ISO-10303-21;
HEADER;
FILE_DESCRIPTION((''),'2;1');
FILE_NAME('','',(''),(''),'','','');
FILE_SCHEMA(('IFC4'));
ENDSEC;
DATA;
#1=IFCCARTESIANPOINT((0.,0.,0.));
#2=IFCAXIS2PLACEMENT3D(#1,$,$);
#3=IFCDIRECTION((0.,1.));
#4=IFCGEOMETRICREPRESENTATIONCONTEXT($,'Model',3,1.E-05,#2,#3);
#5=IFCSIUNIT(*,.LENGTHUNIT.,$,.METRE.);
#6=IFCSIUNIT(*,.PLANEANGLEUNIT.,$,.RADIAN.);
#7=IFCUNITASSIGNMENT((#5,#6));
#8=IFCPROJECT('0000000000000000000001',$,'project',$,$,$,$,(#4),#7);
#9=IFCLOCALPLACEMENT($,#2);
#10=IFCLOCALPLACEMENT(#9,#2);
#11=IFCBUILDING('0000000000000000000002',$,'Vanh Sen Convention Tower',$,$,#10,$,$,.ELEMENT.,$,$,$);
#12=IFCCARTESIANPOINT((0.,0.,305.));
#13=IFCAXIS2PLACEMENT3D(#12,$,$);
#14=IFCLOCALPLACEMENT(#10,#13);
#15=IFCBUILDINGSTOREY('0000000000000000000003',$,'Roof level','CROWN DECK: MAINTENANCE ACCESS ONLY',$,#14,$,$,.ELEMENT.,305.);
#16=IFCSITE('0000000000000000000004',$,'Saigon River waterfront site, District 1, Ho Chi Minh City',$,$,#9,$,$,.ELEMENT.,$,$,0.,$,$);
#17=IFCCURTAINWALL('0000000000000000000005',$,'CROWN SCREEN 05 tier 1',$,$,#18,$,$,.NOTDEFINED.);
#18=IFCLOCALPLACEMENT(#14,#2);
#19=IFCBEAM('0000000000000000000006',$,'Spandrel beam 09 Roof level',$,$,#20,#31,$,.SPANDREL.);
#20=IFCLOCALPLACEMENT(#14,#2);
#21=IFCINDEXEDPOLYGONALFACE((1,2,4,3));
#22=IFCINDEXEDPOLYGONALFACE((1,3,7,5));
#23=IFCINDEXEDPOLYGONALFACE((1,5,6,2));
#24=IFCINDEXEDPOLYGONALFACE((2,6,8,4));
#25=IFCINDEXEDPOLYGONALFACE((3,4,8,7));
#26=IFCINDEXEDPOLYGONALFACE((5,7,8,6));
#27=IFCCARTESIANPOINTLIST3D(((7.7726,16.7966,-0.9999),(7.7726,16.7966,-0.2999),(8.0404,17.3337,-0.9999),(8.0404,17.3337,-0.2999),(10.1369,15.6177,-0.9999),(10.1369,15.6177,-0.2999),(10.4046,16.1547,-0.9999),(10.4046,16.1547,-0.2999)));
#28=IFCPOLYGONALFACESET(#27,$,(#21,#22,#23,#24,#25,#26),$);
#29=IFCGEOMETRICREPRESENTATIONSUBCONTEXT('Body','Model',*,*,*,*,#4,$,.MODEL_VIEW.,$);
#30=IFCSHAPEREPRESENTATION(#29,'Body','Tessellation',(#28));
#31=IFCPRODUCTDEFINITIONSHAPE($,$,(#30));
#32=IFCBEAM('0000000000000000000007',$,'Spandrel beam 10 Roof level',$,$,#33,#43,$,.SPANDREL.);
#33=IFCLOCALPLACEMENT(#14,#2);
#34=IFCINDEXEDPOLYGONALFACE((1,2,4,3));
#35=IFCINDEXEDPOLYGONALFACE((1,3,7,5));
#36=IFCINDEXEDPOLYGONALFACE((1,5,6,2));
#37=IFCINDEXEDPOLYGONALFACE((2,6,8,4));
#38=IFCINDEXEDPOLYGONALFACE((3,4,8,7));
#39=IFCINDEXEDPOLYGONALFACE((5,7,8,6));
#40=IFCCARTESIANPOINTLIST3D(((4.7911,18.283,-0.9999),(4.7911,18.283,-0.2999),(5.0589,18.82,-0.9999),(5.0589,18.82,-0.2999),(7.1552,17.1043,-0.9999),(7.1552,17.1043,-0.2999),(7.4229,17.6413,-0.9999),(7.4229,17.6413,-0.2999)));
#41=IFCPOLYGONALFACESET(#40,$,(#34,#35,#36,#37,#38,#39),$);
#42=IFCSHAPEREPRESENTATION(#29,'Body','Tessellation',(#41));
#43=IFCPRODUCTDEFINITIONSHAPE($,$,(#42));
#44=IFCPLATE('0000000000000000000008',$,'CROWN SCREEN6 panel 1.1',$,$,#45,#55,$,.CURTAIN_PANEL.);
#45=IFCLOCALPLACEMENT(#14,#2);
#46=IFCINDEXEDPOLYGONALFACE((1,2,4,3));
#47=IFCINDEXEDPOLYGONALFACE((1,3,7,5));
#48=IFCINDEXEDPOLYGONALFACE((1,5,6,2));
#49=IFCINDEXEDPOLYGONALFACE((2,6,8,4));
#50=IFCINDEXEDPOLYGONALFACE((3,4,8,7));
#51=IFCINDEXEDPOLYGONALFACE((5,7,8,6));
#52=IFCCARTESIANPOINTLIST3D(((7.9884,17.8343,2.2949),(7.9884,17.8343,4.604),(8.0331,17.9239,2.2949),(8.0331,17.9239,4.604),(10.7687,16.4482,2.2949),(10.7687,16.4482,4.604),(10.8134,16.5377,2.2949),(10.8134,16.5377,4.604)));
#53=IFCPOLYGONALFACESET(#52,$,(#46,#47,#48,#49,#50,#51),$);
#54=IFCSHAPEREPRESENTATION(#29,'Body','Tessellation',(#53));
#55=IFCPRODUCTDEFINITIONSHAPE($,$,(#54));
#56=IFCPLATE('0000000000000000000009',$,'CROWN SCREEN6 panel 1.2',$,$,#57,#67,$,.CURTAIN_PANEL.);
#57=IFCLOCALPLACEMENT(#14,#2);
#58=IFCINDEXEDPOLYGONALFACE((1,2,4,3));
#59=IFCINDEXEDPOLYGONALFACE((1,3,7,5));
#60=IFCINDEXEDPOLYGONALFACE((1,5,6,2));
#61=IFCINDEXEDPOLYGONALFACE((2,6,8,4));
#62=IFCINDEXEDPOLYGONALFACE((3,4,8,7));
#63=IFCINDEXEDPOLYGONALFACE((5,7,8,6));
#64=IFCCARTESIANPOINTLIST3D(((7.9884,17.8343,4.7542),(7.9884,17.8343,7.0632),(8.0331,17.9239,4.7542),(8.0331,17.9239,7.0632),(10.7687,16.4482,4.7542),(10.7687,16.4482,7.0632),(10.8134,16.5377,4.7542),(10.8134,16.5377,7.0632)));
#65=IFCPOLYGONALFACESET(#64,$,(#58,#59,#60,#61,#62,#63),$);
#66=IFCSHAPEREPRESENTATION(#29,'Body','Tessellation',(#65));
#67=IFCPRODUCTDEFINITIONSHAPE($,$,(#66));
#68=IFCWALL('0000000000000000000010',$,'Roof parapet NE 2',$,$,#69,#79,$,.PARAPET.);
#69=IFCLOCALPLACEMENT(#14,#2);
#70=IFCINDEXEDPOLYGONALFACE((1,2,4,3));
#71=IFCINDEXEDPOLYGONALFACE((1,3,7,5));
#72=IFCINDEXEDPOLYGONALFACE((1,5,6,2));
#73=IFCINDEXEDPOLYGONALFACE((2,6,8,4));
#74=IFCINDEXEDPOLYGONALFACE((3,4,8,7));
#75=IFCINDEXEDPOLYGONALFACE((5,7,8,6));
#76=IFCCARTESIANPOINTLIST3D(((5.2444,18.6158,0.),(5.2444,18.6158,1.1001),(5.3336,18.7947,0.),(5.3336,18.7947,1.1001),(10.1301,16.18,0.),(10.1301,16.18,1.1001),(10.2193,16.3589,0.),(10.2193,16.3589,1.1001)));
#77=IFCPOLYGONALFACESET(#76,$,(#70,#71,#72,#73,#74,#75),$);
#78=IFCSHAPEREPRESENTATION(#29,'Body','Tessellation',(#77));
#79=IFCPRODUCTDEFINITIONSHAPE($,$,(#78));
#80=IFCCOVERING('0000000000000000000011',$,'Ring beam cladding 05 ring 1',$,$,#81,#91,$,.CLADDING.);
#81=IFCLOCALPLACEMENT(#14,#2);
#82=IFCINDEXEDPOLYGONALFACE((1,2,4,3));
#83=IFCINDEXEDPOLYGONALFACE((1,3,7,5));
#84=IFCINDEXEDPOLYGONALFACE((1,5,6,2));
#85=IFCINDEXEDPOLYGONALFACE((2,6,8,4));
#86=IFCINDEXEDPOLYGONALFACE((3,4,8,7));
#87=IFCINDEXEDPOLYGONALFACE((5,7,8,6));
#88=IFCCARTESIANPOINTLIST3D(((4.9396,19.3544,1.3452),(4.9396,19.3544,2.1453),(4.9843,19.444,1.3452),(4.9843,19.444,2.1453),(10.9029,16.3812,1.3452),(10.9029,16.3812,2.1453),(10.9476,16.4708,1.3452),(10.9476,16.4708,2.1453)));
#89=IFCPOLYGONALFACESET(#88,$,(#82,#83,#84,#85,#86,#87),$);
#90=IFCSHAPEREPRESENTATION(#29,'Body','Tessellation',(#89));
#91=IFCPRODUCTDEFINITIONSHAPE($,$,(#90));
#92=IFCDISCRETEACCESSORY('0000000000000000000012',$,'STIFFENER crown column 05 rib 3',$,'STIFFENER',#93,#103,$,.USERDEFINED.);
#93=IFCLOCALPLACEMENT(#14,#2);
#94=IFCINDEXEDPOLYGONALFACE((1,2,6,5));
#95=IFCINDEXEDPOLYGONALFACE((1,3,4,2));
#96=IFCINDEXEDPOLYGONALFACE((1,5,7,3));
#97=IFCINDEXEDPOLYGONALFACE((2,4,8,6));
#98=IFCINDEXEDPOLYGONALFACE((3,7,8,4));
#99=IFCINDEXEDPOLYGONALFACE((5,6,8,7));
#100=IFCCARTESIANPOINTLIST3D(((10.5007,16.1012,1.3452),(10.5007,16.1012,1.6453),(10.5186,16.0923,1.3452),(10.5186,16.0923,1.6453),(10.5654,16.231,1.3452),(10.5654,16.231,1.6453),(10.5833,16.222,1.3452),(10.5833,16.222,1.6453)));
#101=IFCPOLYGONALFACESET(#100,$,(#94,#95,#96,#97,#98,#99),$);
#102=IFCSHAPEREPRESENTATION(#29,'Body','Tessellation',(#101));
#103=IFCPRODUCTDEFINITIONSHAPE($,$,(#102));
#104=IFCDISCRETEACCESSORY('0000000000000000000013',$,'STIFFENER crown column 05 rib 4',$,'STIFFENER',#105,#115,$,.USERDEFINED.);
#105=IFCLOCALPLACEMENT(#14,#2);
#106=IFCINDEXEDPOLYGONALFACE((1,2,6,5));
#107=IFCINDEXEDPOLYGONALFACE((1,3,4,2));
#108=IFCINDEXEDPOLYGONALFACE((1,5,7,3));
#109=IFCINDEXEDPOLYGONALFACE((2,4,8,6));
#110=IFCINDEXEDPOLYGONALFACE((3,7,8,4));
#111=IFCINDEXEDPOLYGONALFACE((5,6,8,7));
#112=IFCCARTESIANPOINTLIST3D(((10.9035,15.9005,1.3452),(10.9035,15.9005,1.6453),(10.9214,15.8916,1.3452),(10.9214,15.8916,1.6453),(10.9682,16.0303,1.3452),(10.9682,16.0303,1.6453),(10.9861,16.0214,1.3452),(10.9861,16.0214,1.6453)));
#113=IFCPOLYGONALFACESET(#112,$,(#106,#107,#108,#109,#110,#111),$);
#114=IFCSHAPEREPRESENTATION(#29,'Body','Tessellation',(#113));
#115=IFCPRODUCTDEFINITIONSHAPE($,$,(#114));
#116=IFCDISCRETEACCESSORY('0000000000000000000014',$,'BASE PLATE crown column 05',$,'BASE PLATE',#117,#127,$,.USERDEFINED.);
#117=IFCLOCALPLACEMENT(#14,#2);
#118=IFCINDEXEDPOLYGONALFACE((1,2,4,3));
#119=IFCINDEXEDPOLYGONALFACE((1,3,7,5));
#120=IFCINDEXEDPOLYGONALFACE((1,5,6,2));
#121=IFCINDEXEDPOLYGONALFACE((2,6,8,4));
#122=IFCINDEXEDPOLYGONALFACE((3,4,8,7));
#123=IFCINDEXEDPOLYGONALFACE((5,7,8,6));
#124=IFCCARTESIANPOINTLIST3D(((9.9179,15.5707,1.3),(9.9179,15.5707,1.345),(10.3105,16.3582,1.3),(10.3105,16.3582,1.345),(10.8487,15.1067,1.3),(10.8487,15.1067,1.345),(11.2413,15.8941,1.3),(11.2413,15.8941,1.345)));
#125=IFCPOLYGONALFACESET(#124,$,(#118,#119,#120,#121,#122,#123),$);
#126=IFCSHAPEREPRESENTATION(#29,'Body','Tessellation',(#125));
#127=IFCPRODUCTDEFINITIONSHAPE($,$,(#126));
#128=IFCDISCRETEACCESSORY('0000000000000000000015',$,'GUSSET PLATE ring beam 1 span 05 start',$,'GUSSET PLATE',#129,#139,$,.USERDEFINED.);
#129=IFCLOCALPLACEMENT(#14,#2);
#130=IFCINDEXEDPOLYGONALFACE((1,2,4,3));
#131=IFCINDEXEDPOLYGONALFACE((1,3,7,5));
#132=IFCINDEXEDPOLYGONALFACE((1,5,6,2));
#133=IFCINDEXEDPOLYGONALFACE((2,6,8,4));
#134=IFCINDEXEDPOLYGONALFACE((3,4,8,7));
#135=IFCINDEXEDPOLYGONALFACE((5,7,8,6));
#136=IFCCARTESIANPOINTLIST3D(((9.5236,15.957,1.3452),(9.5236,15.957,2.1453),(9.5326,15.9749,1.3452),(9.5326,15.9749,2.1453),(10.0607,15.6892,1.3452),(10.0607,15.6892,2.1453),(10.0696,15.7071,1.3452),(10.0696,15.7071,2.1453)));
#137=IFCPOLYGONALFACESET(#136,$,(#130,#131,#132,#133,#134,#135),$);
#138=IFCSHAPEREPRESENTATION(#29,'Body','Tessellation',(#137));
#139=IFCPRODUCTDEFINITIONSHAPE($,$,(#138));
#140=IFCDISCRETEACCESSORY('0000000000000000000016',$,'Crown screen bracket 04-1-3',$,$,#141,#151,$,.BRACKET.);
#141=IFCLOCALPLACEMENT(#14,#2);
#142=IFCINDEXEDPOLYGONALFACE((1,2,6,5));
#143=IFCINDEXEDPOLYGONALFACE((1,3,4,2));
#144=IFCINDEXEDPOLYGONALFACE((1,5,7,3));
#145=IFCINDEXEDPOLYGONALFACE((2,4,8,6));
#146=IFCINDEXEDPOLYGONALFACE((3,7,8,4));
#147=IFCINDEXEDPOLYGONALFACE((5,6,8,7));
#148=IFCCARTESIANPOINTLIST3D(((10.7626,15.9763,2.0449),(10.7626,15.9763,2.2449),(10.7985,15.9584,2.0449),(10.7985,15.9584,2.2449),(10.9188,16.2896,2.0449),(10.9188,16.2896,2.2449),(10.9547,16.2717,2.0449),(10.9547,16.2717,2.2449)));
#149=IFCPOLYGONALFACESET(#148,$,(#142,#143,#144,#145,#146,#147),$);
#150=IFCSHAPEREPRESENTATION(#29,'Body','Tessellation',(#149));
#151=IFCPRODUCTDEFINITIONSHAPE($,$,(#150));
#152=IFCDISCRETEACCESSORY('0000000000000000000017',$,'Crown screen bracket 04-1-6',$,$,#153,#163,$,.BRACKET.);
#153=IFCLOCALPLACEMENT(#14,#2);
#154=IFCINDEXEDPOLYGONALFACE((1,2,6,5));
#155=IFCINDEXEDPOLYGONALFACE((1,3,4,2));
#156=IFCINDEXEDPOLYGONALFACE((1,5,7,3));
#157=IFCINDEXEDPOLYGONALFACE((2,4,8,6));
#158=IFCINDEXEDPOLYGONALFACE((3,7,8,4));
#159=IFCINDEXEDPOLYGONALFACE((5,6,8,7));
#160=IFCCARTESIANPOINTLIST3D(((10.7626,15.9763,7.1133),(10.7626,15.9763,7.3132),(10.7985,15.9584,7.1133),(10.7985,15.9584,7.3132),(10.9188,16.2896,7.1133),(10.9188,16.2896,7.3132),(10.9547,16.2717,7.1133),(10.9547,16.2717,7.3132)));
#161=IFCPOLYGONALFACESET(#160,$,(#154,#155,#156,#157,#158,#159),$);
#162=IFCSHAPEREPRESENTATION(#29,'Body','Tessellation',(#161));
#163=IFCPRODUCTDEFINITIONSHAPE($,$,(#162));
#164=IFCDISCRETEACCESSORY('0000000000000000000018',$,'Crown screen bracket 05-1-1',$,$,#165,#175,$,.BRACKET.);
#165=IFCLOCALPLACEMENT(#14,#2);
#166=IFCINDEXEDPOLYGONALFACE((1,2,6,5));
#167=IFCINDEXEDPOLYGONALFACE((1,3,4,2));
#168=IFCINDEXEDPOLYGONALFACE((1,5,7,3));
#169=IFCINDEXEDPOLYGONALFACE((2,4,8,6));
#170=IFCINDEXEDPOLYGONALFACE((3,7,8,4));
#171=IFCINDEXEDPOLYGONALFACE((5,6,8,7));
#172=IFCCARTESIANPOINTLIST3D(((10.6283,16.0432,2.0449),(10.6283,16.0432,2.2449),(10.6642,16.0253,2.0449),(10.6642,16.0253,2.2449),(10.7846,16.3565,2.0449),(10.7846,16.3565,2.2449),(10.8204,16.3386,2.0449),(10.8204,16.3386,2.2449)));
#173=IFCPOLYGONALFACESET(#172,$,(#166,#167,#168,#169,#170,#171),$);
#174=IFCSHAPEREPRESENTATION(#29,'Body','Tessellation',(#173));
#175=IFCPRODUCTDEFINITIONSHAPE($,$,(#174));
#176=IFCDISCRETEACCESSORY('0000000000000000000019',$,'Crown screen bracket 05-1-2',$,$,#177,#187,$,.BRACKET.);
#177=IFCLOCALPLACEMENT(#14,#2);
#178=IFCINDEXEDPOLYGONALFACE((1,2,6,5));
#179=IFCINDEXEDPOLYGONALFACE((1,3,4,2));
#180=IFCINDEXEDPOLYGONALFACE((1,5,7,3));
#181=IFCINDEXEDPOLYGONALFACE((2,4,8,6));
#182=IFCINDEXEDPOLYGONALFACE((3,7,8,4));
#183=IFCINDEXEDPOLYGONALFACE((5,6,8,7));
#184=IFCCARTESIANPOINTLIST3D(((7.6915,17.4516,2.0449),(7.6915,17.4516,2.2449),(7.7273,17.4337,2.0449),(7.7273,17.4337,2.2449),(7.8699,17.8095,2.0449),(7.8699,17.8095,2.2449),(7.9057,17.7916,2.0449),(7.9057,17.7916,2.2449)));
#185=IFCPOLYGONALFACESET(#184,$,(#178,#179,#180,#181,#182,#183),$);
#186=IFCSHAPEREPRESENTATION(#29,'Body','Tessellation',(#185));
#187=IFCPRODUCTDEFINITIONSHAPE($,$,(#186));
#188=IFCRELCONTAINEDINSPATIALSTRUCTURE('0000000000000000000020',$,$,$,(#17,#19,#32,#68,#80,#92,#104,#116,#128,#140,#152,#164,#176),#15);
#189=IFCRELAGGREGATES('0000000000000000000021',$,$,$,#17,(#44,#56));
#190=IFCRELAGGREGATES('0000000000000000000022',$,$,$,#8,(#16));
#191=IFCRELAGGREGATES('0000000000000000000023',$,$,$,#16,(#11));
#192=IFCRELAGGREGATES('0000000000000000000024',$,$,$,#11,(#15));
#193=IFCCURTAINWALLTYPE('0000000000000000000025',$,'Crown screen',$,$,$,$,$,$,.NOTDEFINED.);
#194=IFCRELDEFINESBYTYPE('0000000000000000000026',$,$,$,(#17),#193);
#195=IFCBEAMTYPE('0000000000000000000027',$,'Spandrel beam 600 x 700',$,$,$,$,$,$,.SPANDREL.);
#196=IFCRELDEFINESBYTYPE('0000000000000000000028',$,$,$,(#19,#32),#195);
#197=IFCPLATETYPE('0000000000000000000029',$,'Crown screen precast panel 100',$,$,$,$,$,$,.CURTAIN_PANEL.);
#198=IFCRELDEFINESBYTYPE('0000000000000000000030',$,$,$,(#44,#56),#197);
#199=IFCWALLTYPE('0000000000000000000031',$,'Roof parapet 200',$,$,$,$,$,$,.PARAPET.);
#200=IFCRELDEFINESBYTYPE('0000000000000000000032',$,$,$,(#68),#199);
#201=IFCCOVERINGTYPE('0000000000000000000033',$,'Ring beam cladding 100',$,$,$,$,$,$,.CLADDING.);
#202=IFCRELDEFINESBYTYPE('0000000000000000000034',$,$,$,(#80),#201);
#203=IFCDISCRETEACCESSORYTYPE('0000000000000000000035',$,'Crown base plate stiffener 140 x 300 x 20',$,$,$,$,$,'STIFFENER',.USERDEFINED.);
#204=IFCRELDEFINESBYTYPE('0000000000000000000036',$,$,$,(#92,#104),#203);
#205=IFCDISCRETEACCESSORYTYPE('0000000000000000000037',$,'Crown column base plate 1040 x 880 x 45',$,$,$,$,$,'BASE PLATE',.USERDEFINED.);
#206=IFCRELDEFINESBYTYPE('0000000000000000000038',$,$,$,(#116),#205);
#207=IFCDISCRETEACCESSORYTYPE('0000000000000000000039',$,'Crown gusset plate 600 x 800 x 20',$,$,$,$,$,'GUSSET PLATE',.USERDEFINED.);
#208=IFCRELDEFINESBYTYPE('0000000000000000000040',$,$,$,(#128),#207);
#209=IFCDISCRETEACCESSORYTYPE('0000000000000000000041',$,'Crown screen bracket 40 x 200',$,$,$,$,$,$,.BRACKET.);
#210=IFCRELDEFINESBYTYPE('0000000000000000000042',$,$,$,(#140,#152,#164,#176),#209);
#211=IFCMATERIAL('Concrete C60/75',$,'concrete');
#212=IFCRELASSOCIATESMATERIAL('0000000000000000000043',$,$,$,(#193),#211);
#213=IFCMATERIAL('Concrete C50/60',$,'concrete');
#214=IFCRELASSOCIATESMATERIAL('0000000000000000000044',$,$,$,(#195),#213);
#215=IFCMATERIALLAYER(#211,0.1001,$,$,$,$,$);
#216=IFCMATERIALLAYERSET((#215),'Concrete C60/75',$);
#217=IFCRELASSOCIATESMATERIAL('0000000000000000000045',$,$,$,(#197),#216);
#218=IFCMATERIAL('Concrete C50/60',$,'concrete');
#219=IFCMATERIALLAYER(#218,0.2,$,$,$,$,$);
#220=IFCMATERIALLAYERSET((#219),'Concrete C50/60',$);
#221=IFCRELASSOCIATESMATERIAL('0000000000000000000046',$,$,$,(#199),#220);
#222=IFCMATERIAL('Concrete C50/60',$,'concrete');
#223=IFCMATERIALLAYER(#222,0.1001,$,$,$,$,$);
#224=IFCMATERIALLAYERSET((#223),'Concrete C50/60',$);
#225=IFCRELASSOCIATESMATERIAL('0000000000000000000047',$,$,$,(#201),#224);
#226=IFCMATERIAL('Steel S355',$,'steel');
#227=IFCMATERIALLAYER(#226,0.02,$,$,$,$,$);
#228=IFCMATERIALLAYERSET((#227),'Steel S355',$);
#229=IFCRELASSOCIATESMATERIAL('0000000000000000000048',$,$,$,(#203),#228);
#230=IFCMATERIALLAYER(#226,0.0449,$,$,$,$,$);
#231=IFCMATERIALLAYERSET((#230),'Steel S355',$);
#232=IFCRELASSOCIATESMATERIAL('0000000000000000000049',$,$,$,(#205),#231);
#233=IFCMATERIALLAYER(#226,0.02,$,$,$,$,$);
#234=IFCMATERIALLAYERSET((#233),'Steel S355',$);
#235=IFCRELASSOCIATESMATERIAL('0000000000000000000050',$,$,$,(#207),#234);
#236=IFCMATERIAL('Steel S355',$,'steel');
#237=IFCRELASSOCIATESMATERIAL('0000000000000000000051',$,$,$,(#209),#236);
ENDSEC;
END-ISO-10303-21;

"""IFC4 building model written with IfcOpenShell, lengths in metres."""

from ifc_helpers import new_model, si_unit, direction, frame, frame_2d, origin, origin_2d, place, context, subcontext, project, spatial, rectangle, extrude, material, layer, layer_set, material_profile, profile_set, type_object, element, aggregate, save


model = new_model("IFC4")

# Units and contexts
model_context = context("Model", 3, precision=1e-05, world=origin(), true_north=direction((0.0, 1.0)))
body_context = subcontext(model_context, "Body", "Model", "MODEL_VIEW")
ifc_project = project(units=[si_unit("LENGTHUNIT", "METRE"), si_unit("PLANEANGLEUNIT", "RADIAN")], contexts=[model_context])

# Site, building, storey
site_placement = place(None, origin())
site = spatial("IfcSite", under=ifc_project, at=site_placement, Name="Saigon River waterfront site, District 1, Ho Chi Minh City", CompositionType="ELEMENT", RefElevation=0.0)
building_placement = place(site_placement, origin())
building = spatial("IfcBuilding", under=site, at=building_placement, Name="Vanh Sen Convention Tower", CompositionType="ELEMENT")
storey_placement = place(building_placement, frame((0.0, 0.0, 305.0)))
storey = spatial("IfcBuildingStorey", under=building, at=storey_placement, Name="Roof level", Description="CROWN DECK: MAINTENANCE ACCESS ONLY", CompositionType="ELEMENT", Elevation=305.0)

# Shared definitions
ifc_material_1 = material(Name="Concrete C60/75", Category="concrete")
curtain_wall_type = type_object("IfcCurtainWallType", Name="Crown screen", PredefinedType="NOTDEFINED", material=ifc_material_1)

# Curtain wall
curtain_wall_1_placement = place(storey_placement, origin())
curtain_wall_1 = element("IfcCurtainWall", 1, at=curtain_wall_1_placement, inside=storey, type_object=curtain_wall_type, Name="CROWN SCREEN 05 tier 1", PredefinedType="NOTDEFINED")

# Beams
ifc_material_2 = material(Name="Concrete C50/60", Category="concrete")
ifc_material_profile_1 = material_profile(ifc_material_2, rectangle(XDim=0.6001, YDim=0.7, at=origin_2d()), Name="RC 600X700")
ifc_profile_set_1 = profile_set([ifc_material_profile_1], Name="Concrete C50/60")
beam_type = type_object("IfcBeamType", Name="Spandrel beam 600 x 700", PredefinedType="SPANDREL", material=ifc_profile_set_1)
beam_1_placement = place(storey_placement, frame((10.2708, 15.8862, -0.6499), z_axis=(-0.894907, 0.446252, 0.0), x_axis=(-0.446252, -0.894907, 0.0)))
element("IfcBeam", 2, at=beam_1_placement, inside=storey, type_object=beam_type, Name="Spandrel beam 09 Roof level", PredefinedType="SPANDREL", context=body_context, shape_type="SweptSolid", body=[
    extrude(rectangle(XDim=0.6001, YDim=0.7, at=origin_2d()), origin(), (0.0, 0.0, 1.0), 2.6418),
])
beam_2_placement = place(storey_placement, frame((7.2891, 17.3728, -0.6499), z_axis=(-0.894926, 0.446215, 0.0), x_axis=(-0.446215, -0.894926, 0.0)))
element("IfcBeam", 3, at=beam_2_placement, inside=storey, type_object=beam_type, Name="Spandrel beam 10 Roof level", PredefinedType="SPANDREL", context=body_context, shape_type="SweptSolid", body=[
    extrude(rectangle(XDim=0.6001, YDim=0.7, at=origin_2d()), origin(), (0.0, 0.0, 1.0), 2.6416),
])

# Plates
ifc_layer_1 = layer(ifc_material_1, 0.1001)
ifc_layer_set_1 = layer_set([ifc_layer_1], Name="Concrete C60/75")
plate_type = type_object("IfcPlateType", Name="Crown screen precast panel 100", PredefinedType="CURTAIN_PANEL", material=ifc_layer_set_1)
plate_1_placement = place(storey_placement, frame((9.4009, 17.186, 2.2949), z_axis=(0.0, 0.0, 1.0), x_axis=(-0.894937, 0.446193, 0.0)))
plate_1 = element("IfcPlate", 4, at=plate_1_placement, type_object=plate_type, Name="CROWN SCREEN6 panel 1.1", PredefinedType="CURTAIN_PANEL", context=body_context, shape_type="SweptSolid", body=[
    extrude(rectangle(XDim=3.1067, YDim=0.1001, at=origin_2d()), origin(), (0.0, 0.0, 1.0), 2.3091),
])
plate_2_placement = place(storey_placement, frame((9.4009, 17.186, 4.7542), z_axis=(0.0, 0.0, 1.0), x_axis=(-0.894937, 0.446193, 0.0)))
plate_2 = element("IfcPlate", 5, at=plate_2_placement, type_object=plate_type, Name="CROWN SCREEN6 panel 1.2", PredefinedType="CURTAIN_PANEL", context=body_context, shape_type="SweptSolid", body=[
    extrude(rectangle(XDim=3.1067, YDim=0.1001, at=origin_2d()), origin(), (0.0, 0.0, 1.0), 2.3091),
])
aggregate(curtain_wall_1, [plate_1, plate_2])

# Wall
ifc_material_3 = material(Name="Concrete C50/60", Category="concrete")
ifc_layer_2 = layer(ifc_material_3, 0.2)
ifc_layer_set_2 = layer_set([ifc_layer_2], Name="Concrete C50/60")
wall_type = type_object("IfcWallType", Name="Roof parapet 200", PredefinedType="PARAPET", material=ifc_layer_set_2)
wall_placement = place(storey_placement, frame((10.1746, 16.2695, 0.0), z_axis=(0.0, 0.0, 1.0), x_axis=(-0.894945, 0.446176, 0.0)))
element("IfcWall", 6, at=wall_placement, inside=storey, type_object=wall_type, Name="Roof parapet NE 2", PredefinedType="PARAPET", context=body_context, shape_type="SweptSolid", body=[
    extrude(rectangle(XDim=5.4592, YDim=0.2, at=frame_2d((2.7295, 0.0))), origin(), (0.0, 0.0, 1.0), 1.1001),
])

# Covering
ifc_material_4 = material(Name="Concrete C50/60", Category="concrete")
ifc_layer_3 = layer(ifc_material_4, 0.1001)
ifc_layer_set_3 = layer_set([ifc_layer_3], Name="Concrete C50/60")
covering_type = type_object("IfcCoveringType", Name="Ring beam cladding 100", PredefinedType="CLADDING", material=ifc_layer_set_3)
covering_placement = place(storey_placement, frame((7.9436, 17.9126, 1.3452), z_axis=(0.0, 0.0, 1.0), x_axis=(-0.894937, 0.446193, 0.0)))
element("IfcCovering", 7, at=covering_placement, inside=storey, type_object=covering_type, Name="Ring beam cladding 05 ring 1", PredefinedType="CLADDING", context=body_context, shape_type="SweptSolid", body=[
    extrude(rectangle(XDim=6.6633, YDim=0.1001, at=origin_2d()), origin(), (0.0, 0.0, 1.0), 0.8),
])

# Discrete accessories
ifc_material_5 = material(Name="Steel S355", Category="steel")
ifc_layer_4 = layer(ifc_material_5, 0.02)
ifc_layer_set_4 = layer_set([ifc_layer_4], Name="Steel S355")
discrete_accessory_type_1 = type_object("IfcDiscreteAccessoryType", Name="Crown base plate stiffener 140 x 300 x 20", ElementType="STIFFENER", PredefinedType="USERDEFINED", material=ifc_layer_set_4)
for number, where, z_axis, x_axis, name in (
    (8, (10.542, 16.1616, 1.3452), (0.0, 0.0, 1.0), (-0.446198, -0.894934, 0.0), "STIFFENER crown column 05 rib 3"),
    (9, (10.9448, 15.9609, 1.3452), (0.0, 0.0, 1.0), (-0.446198, -0.894934, 0.0), "STIFFENER crown column 05 rib 4"),
):
    element("IfcDiscreteAccessory", number, at=place(storey_placement, frame(where, z_axis=z_axis, x_axis=x_axis)), inside=storey, type_object=discrete_accessory_type_1, Name=name, ObjectType="STIFFENER", PredefinedType="USERDEFINED", context=body_context, shape_type="SweptSolid", body=[
        extrude(rectangle(XDim=0.145, YDim=0.02, at=origin_2d()), origin(), (0.0, 0.0, 1.0), 0.3),
    ])
ifc_layer_5 = layer(ifc_material_5, 0.0449)
ifc_layer_set_5 = layer_set([ifc_layer_5], Name="Steel S355")
discrete_accessory_type_2 = type_object("IfcDiscreteAccessoryType", Name="Crown column base plate 1040 x 880 x 45", ElementType="BASE PLATE", PredefinedType="USERDEFINED", material=ifc_layer_set_5)
discrete_accessory_1_placement = place(storey_placement, frame((10.5796, 15.7324, 1.3), z_axis=(0.0, 0.0, 1.0), x_axis=(-0.894934, 0.446198, 0.0)))
element("IfcDiscreteAccessory", 10, at=discrete_accessory_1_placement, inside=storey, type_object=discrete_accessory_type_2, Name="BASE PLATE crown column 05", ObjectType="BASE PLATE", PredefinedType="USERDEFINED", context=body_context, shape_type="SweptSolid", body=[
    extrude(rectangle(XDim=1.04, YDim=0.8799, at=origin_2d()), origin(), (0.0, 0.0, 1.0), 0.0449),
])
ifc_layer_6 = layer(ifc_material_5, 0.02)
ifc_layer_set_6 = layer_set([ifc_layer_6], Name="Steel S355")
discrete_accessory_type_3 = type_object("IfcDiscreteAccessoryType", Name="Crown gusset plate 600 x 800 x 20", ElementType="GUSSET PLATE", PredefinedType="USERDEFINED", material=ifc_layer_set_6)
discrete_accessory_2_placement = place(storey_placement, frame((9.7966, 15.832, 1.3452), z_axis=(0.0, 0.0, 1.0), x_axis=(-0.894937, 0.446193, 0.0)))
element("IfcDiscreteAccessory", 11, at=discrete_accessory_2_placement, inside=storey, type_object=discrete_accessory_type_3, Name="GUSSET PLATE ring beam 1 span 05 start", ObjectType="GUSSET PLATE", PredefinedType="USERDEFINED", context=body_context, shape_type="SweptSolid", body=[
    extrude(rectangle(XDim=0.6001, YDim=0.02, at=origin_2d()), origin(), (0.0, 0.0, 1.0), 0.8),
])
ifc_material_6 = material(Name="Steel S355", Category="steel")
discrete_accessory_type_4 = type_object("IfcDiscreteAccessoryType", Name="Crown screen bracket 40 x 200", PredefinedType="BRACKET", material=ifc_material_6)
for number, where, z_axis, x_axis, name in (
    (12, (10.8586, 16.124, 2.0449), (0.0, 0.0, 1.0), (0.446204, 0.894931, 0.0), "Crown screen bracket 04-1-3"),
    (13, (10.8586, 16.124, 7.1133), (0.0, 0.0, 1.0), (0.446204, 0.894931, 0.0), "Crown screen bracket 04-1-6"),
    (14, (10.7244, 16.1909, 2.0449), (0.0, 0.0, 1.0), (0.446193, 0.894937, 0.0), "Crown screen bracket 05-1-1"),
):
    element("IfcDiscreteAccessory", number, at=place(storey_placement, frame(where, z_axis=z_axis, x_axis=x_axis)), inside=storey, type_object=discrete_accessory_type_4, Name=name, PredefinedType="BRACKET", context=body_context, shape_type="SweptSolid", body=[
        extrude(rectangle(XDim=0.3501, YDim=0.04, at=origin_2d()), origin(), (0.0, 0.0, 1.0), 0.2),
    ])
discrete_accessory_3_placement = place(storey_placement, frame((7.7986, 17.6216, 2.0449), z_axis=(0.0, 0.0, 1.0), x_axis=(0.446193, 0.894937, 0.0)))
element("IfcDiscreteAccessory", 15, at=discrete_accessory_3_placement, inside=storey, type_object=discrete_accessory_type_4, Name="Crown screen bracket 05-1-2", PredefinedType="BRACKET", context=body_context, shape_type="SweptSolid", body=[
    extrude(rectangle(XDim=0.3999, YDim=0.04, at=origin_2d()), origin(), (0.0, 0.0, 1.0), 0.2),
])

save(model, "model.ifc")
